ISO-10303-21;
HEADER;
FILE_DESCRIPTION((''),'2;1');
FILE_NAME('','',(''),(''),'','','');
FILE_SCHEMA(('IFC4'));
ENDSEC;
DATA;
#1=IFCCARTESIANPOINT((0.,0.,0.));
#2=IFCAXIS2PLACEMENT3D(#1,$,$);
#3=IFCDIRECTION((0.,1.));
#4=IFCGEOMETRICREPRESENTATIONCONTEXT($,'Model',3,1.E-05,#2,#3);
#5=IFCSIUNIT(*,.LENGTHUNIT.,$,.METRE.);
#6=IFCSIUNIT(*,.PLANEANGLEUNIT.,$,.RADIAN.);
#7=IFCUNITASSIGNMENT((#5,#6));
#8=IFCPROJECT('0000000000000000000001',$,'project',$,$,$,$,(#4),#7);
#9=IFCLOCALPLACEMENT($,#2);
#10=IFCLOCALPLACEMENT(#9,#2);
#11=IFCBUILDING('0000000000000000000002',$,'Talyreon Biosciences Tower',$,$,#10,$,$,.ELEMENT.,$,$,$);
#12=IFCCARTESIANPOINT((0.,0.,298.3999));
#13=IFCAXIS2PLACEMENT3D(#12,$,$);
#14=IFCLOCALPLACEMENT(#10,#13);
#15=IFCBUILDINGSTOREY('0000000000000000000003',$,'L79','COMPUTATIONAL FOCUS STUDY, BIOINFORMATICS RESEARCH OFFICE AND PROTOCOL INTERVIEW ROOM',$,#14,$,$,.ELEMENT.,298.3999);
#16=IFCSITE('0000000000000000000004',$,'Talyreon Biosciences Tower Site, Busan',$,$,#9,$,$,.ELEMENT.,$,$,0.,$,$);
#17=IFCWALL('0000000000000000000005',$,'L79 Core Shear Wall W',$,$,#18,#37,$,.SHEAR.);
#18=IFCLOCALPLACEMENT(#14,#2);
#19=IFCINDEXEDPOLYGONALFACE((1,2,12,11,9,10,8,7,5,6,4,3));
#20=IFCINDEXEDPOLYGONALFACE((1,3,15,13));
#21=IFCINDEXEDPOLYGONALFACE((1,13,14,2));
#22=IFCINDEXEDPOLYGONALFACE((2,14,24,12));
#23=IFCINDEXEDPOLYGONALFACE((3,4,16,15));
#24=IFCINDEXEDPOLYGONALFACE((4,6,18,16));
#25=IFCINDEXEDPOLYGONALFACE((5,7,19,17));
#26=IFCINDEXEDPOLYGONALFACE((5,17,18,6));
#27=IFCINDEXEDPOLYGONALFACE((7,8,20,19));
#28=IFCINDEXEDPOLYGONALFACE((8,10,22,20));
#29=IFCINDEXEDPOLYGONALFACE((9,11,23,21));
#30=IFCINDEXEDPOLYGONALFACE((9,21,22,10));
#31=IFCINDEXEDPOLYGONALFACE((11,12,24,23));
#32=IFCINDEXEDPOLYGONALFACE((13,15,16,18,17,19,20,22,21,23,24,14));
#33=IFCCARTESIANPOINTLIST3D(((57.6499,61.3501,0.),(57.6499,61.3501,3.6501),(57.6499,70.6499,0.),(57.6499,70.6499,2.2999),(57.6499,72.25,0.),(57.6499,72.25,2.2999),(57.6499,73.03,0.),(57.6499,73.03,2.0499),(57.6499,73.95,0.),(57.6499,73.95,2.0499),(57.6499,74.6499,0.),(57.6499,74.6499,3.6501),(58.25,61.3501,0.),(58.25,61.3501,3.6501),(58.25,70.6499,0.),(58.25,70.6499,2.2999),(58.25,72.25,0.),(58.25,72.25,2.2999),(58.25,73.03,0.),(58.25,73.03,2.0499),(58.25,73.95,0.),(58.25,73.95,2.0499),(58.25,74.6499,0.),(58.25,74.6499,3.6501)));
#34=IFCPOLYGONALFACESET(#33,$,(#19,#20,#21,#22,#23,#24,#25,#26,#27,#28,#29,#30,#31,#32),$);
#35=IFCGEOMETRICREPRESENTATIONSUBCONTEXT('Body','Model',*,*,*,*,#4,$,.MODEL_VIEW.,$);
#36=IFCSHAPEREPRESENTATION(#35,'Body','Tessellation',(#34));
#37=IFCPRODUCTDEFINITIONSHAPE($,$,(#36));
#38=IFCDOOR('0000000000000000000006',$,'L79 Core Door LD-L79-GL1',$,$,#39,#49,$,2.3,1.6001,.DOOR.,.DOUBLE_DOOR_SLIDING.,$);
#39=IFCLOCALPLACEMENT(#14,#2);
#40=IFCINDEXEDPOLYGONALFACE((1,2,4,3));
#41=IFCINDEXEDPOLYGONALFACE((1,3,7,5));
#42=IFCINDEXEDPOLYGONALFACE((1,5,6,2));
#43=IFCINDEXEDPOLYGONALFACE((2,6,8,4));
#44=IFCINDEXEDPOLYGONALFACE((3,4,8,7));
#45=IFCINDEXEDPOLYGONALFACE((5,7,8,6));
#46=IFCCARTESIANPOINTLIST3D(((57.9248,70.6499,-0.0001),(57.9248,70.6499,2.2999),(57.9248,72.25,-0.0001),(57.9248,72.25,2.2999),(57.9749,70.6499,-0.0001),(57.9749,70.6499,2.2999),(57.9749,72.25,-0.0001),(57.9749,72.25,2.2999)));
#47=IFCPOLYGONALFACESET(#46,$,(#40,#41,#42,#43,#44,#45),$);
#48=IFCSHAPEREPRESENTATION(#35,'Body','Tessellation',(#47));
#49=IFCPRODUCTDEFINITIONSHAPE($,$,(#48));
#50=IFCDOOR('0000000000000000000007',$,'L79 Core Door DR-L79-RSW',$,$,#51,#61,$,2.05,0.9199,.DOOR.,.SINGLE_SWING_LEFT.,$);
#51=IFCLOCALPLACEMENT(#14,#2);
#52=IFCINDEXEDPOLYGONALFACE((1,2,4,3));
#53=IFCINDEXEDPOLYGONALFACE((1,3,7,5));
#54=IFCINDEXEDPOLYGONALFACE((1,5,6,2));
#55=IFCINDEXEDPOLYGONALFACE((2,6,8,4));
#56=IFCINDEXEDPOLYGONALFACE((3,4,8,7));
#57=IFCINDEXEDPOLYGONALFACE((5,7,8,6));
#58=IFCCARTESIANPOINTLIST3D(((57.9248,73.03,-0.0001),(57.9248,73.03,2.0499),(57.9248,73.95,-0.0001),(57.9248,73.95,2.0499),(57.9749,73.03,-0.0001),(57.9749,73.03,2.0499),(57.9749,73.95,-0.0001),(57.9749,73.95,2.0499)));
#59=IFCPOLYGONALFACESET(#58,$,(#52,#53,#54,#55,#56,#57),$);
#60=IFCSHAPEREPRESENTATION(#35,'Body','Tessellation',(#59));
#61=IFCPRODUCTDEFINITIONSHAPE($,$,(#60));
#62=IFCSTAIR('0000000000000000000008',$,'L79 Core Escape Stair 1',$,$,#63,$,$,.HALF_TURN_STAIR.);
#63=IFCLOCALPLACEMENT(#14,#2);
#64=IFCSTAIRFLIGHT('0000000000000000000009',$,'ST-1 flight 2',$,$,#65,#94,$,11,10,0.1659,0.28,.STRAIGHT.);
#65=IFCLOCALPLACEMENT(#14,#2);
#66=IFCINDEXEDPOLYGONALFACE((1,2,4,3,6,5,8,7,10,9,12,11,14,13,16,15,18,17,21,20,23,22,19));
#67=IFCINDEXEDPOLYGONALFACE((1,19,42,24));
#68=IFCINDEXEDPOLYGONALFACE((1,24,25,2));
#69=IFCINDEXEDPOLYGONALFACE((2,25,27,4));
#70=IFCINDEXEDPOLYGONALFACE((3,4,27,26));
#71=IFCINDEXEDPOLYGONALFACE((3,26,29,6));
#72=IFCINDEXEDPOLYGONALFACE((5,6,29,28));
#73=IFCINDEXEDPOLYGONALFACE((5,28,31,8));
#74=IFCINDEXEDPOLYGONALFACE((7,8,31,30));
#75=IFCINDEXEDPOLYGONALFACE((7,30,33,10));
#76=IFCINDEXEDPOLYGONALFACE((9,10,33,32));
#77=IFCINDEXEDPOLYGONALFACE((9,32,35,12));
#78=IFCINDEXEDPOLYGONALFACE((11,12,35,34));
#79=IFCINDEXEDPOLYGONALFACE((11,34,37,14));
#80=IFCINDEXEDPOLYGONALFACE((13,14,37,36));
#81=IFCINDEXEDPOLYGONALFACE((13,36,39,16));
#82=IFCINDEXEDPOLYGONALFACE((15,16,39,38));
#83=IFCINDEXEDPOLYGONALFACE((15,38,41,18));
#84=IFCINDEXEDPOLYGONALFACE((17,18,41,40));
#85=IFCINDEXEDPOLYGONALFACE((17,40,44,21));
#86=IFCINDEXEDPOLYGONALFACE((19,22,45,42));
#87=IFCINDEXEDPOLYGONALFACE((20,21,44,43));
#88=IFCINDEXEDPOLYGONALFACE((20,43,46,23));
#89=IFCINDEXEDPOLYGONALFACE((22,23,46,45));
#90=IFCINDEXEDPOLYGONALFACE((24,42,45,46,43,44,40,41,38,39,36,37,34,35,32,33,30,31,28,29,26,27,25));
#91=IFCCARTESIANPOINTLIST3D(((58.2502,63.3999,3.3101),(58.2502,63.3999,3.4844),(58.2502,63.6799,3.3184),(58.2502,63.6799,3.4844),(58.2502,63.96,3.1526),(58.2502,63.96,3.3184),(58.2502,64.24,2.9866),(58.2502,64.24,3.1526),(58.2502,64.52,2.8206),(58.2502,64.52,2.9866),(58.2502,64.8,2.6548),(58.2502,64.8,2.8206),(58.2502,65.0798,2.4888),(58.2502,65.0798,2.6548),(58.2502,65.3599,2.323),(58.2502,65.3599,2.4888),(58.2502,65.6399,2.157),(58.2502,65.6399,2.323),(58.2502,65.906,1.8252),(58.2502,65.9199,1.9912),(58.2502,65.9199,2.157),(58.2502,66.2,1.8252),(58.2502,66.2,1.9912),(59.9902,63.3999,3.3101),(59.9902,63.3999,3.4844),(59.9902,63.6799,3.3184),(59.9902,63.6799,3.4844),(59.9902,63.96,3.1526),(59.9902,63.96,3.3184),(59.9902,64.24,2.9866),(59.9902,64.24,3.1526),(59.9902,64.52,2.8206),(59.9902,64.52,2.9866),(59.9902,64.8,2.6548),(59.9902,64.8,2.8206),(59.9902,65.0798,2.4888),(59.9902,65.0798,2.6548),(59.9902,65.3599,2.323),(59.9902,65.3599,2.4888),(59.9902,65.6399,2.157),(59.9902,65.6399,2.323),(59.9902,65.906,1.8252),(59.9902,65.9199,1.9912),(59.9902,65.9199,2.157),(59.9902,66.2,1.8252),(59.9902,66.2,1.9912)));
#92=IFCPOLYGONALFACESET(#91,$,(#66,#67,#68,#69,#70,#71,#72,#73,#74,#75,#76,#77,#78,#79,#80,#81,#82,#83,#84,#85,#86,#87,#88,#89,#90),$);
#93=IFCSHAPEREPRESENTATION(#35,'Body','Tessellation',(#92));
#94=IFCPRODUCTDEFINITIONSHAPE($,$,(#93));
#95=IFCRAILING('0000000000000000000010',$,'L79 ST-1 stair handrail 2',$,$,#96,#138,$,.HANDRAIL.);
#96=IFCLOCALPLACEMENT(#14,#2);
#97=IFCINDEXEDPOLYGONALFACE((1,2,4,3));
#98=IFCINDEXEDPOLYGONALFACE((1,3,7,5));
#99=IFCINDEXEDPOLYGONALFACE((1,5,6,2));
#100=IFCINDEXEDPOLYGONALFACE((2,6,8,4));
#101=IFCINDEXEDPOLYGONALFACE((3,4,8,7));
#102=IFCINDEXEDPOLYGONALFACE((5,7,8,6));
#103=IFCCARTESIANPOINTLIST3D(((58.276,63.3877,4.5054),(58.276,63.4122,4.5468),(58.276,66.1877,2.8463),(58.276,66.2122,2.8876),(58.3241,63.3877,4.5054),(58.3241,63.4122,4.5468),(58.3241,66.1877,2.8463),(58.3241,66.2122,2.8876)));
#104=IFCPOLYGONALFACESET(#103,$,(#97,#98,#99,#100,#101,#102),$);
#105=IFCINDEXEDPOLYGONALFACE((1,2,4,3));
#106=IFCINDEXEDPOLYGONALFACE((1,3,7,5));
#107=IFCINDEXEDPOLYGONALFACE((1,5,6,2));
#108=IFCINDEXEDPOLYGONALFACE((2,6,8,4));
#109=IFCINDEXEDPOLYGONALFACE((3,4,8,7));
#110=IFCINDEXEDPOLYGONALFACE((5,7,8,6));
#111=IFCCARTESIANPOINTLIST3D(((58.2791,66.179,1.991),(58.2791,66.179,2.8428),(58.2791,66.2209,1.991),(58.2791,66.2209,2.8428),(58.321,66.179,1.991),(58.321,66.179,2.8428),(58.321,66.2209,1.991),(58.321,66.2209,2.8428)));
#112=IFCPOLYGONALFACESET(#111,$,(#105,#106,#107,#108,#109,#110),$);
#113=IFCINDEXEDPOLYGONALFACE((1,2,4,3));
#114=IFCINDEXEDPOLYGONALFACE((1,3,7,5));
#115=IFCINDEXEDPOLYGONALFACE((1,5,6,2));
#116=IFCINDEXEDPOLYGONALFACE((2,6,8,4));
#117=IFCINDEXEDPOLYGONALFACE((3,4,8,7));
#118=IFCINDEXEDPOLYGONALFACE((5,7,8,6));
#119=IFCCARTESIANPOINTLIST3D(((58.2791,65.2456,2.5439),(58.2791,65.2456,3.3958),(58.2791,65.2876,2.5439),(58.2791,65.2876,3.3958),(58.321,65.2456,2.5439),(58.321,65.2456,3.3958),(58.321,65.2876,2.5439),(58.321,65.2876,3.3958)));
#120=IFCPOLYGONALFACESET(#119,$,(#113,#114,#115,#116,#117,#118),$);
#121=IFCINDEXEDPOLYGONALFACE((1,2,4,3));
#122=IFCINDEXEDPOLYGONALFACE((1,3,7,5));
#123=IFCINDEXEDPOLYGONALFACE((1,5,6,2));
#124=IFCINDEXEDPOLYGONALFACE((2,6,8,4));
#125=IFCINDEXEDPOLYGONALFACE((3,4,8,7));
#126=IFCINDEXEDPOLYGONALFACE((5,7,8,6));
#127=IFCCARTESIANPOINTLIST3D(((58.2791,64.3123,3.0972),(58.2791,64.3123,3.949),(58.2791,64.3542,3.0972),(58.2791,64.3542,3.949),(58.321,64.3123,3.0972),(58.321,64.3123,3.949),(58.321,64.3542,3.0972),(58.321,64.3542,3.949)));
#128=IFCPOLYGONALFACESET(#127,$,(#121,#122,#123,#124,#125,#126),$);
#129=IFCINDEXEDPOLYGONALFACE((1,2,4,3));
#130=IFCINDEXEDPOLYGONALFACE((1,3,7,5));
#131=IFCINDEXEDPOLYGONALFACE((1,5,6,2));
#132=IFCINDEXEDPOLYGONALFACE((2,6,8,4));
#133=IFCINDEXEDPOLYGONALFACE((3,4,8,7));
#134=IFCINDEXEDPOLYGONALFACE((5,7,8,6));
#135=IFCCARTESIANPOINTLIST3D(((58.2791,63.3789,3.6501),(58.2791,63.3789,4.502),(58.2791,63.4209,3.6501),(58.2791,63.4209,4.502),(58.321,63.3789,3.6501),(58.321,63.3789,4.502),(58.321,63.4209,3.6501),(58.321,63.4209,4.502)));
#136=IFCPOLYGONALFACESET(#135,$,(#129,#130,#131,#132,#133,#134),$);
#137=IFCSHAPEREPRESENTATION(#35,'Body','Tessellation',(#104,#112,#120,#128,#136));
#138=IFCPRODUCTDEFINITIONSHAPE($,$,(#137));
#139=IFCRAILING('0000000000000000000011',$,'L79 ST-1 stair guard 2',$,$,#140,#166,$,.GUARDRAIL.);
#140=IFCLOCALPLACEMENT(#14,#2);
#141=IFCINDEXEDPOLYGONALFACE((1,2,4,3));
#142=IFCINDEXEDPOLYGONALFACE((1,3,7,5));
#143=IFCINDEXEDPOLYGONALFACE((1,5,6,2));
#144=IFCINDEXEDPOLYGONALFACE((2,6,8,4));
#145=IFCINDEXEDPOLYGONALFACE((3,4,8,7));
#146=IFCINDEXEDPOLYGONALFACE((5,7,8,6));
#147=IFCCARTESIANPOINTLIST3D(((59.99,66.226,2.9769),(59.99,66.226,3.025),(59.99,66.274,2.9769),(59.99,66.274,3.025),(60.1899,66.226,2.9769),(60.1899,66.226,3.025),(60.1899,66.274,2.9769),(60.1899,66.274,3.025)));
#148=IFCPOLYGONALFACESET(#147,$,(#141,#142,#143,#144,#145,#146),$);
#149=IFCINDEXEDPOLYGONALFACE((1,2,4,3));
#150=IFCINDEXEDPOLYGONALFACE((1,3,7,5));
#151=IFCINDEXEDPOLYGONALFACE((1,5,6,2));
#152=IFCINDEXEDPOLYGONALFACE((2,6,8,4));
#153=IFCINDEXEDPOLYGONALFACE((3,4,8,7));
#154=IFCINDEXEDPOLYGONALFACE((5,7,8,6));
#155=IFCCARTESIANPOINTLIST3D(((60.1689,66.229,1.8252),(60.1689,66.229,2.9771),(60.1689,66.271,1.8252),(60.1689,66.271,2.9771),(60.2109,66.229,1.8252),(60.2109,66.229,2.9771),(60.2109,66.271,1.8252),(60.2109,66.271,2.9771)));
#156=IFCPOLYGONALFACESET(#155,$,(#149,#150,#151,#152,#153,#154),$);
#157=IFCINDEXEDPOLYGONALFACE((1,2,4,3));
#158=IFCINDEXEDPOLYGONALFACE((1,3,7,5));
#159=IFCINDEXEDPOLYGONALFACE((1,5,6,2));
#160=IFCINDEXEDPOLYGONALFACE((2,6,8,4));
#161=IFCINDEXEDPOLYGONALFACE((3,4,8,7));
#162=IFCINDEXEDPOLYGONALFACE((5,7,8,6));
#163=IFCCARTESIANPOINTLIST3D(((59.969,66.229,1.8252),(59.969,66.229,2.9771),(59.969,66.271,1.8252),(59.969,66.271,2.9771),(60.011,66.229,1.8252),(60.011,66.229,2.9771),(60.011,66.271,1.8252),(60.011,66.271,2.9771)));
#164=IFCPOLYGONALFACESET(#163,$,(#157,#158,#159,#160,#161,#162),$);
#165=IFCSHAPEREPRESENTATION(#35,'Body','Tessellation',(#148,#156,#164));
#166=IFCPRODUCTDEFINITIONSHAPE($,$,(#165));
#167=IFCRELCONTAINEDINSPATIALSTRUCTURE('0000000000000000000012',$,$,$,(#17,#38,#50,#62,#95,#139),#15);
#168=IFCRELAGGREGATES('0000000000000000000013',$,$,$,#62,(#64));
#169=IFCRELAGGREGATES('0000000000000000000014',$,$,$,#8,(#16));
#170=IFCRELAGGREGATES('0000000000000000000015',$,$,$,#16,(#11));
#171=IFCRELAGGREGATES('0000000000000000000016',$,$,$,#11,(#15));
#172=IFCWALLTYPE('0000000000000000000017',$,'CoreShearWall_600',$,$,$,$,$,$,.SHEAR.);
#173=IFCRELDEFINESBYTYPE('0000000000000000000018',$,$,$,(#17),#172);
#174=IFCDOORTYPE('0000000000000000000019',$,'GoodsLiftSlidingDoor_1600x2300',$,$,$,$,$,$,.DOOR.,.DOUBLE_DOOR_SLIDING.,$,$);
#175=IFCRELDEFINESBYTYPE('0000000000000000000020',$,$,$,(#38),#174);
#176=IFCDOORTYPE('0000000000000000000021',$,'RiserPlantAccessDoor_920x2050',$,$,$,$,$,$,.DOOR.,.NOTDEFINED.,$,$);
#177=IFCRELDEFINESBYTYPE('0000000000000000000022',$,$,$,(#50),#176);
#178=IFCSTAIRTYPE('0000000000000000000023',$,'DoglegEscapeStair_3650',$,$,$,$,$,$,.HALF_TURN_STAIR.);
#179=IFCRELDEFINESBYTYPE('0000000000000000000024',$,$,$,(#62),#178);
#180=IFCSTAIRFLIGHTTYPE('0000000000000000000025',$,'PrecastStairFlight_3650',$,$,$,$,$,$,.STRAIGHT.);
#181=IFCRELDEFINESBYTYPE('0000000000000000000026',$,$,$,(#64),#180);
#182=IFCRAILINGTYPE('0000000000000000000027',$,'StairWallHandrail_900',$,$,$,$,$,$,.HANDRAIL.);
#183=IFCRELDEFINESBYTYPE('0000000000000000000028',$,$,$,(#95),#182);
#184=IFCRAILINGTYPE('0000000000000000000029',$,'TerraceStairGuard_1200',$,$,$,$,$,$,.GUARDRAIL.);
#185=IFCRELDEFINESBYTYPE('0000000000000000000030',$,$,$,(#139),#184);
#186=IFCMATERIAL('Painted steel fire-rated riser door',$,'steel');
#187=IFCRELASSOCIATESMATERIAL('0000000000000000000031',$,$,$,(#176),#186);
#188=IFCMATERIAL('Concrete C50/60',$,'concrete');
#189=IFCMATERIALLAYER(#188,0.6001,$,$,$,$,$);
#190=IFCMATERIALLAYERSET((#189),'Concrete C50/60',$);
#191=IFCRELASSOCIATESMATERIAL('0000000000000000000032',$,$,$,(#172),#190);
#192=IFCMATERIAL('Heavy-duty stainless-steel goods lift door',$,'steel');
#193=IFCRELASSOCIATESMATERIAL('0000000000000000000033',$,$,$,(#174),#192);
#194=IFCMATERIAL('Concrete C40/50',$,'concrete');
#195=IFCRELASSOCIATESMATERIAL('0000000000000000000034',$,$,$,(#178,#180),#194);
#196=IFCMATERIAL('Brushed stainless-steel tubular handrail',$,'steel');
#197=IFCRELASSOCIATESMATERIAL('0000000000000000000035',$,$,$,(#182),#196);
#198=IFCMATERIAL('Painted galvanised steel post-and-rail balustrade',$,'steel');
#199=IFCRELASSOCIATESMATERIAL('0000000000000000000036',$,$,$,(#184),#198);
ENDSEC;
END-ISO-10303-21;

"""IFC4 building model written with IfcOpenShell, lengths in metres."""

from ifc_helpers import new_model, si_unit, direction, frame, frame_2d, origin, origin_2d, place, context, subcontext, project, spatial, polyline, rectangle, outline, extrude, material, layer, layer_set, type_object, element, fill, aggregate, save


model = new_model("IFC4")

# Units and contexts
model_context = context("Model", 3, precision=1e-05, world=origin(), true_north=direction((0.0, 1.0)))
body_context = subcontext(model_context, "Body", "Model", "MODEL_VIEW")
ifc_project = project(units=[si_unit("LENGTHUNIT", "METRE"), si_unit("PLANEANGLEUNIT", "RADIAN")], contexts=[model_context])

# Site, building, storey
site_placement = place(None, origin())
site = spatial("IfcSite", under=ifc_project, at=site_placement, Name="Talyreon Biosciences Tower Site, Busan", CompositionType="ELEMENT", RefElevation=0.0)
building_placement = place(site_placement, origin())
building = spatial("IfcBuilding", under=site, at=building_placement, Name="Talyreon Biosciences Tower", CompositionType="ELEMENT")
storey_placement = place(building_placement, frame((0.0, 0.0, 298.3999)))
storey = spatial("IfcBuildingStorey", under=building, at=storey_placement, Name="L79", Description="COMPUTATIONAL FOCUS STUDY, BIOINFORMATICS RESEARCH OFFICE AND PROTOCOL INTERVIEW ROOM", CompositionType="ELEMENT", Elevation=298.3999)

# Shared definitions
ifc_material_1 = material(Name="Concrete C50/60", Category="concrete")

# Shared definitions
ifc_material_2 = material(Name="Painted steel fire-rated riser door", Category="steel")
door_type_1 = type_object("IfcDoorType", Name="RiserPlantAccessDoor_920x2050", OperationType="NOTDEFINED", PredefinedType="DOOR", material=ifc_material_2)

# Shared definitions
ifc_layer_1 = layer(ifc_material_1, 0.6001)
ifc_layer_set_1 = layer_set([ifc_layer_1], Name="Concrete C50/60")
wall_type_1 = type_object("IfcWallType", Name="CoreShearWall_600", PredefinedType="SHEAR", material=ifc_layer_set_1)

# Wall, openings, doors
wall_1_placement = place(storey_placement, frame((57.95, 74.6499, 0.0), z_axis=(0.0, 0.0, 1.0), x_axis=(0.0, -1.0, 0.0)))
wall_1 = element("IfcWall", 1, at=wall_1_placement, inside=storey, type_object=wall_type_1, Name="L79 Core Shear Wall W", PredefinedType="SHEAR", context=body_context, shape_type="SweptSolid", body=[
    extrude(rectangle(XDim=13.2998, YDim=0.6001, at=frame_2d((6.6499, 0.0))), origin(), (0.0, 0.0, 1.0), 3.6501),
])
opening_1_placement = place(wall_1_placement, frame((0.7, 0.0, 0.0)))
opening_1 = element("IfcOpeningElement", 2, at=opening_1_placement, cuts=wall_1, PredefinedType="OPENING", context=body_context, shape_type="SweptSolid", body=[
    extrude(rectangle(XDim=0.9199, YDim=2.05, at=frame_2d((0.46, 1.0249))), frame((0.0, 0.3101, 0.0), z_axis=(0.0, -1.0, 0.0), x_axis=(1.0, 0.0, 0.0)), (0.0, 0.0, 1.0), 0.6201),
])
opening_2_placement = place(wall_1_placement, frame((2.3999, 0.0, 0.0)))
opening_2 = element("IfcOpeningElement", 3, at=opening_2_placement, cuts=wall_1, PredefinedType="OPENING", context=body_context, shape_type="SweptSolid", body=[
    extrude(rectangle(XDim=1.6001, YDim=2.3, at=frame_2d((0.8, 1.1499))), frame((0.0, 0.3101, 0.0), z_axis=(0.0, -1.0, 0.0), x_axis=(1.0, 0.0, 0.0)), (0.0, 0.0, 1.0), 0.6201),
])
ifc_material_3 = material(Name="Heavy-duty stainless-steel goods lift door", Category="steel")
door_type_2 = type_object("IfcDoorType", Name="GoodsLiftSlidingDoor_1600x2300", OperationType="DOUBLE_DOOR_SLIDING", PredefinedType="DOOR", material=ifc_material_3)
door_1_placement = place(opening_2_placement, origin())
door_1 = element("IfcDoor", 4, at=door_1_placement, inside=storey, type_object=door_type_2, Name="L79 Core Door LD-L79-GL1", OperationType="DOUBLE_DOOR_SLIDING", OverallHeight=2.3, OverallWidth=1.6001, PredefinedType="DOOR", context=body_context, shape_type="SweptSolid", body=[
    extrude(rectangle(XDim=1.6001, YDim=2.3, at=frame_2d((0.8, 1.1499))), frame((0.0, 0.0249, 0.0), z_axis=(0.0, -1.0, 0.0), x_axis=(1.0, 0.0, 0.0)), (0.0, 0.0, 1.0), 0.05),
])
fill(opening_2, door_1)
door_2_placement = place(opening_1_placement, origin())
door_2 = element("IfcDoor", 5, at=door_2_placement, inside=storey, type_object=door_type_1, Name="L79 Core Door DR-L79-RSW", OperationType="SINGLE_SWING_LEFT", OverallHeight=2.05, OverallWidth=0.9199, PredefinedType="DOOR", context=body_context, shape_type="SweptSolid", body=[
    extrude(rectangle(XDim=0.9199, YDim=2.05, at=frame_2d((0.46, 1.0249))), frame((0.0, 0.0249, 0.0), z_axis=(0.0, -1.0, 0.0), x_axis=(1.0, 0.0, 0.0)), (0.0, 0.0, 1.0), 0.05),
])
fill(opening_1, door_2)

# Stair, stair flight
ifc_material_4 = material(Name="Concrete C40/50", Category="concrete")
stair_type = type_object("IfcStairType", Name="DoglegEscapeStair_3650", PredefinedType="HALF_TURN_STAIR", material=ifc_material_4)
stair_placement = place(storey_placement, origin())
stair = element("IfcStair", 6, at=stair_placement, inside=storey, type_object=stair_type, Name="L79 Core Escape Stair 1", PredefinedType="HALF_TURN_STAIR")
stair_flight_type = type_object("IfcStairFlightType", Name="PrecastStairFlight_3650", PredefinedType="STRAIGHT", material=ifc_material_4)
stair_flight_placement = place(storey_placement, frame((59.1201, 66.2, 1.8252), z_axis=(0.0, 0.0, 1.0), x_axis=(0.0, -1.0, 0.0)))
stair_flight = element("IfcStairFlight", 7, at=stair_flight_placement, type_object=stair_flight_type, Name="ST-1 flight 2", NumberOfRisers=11, NumberOfTreads=10, PredefinedType="STRAIGHT", RiserHeight=0.1659, TreadLength=0.28, context=body_context, shape_type="SweptSolid", body=[
    extrude(outline(polyline([(0.0, 0.0), (0.0, 0.166), (0.28, 0.166), (0.28, 0.3318), (0.5601, 0.3318), (0.5601, 0.4978), (0.8401, 0.4978), (0.8401, 0.6636), (1.1201, 0.6636), (1.1201, 0.8296), (1.3999, 0.8296), (1.3999, 0.9954), (1.6799, 0.9954), (1.6799, 1.1614), (1.96, 1.1614), (1.96, 1.3274), (2.24, 1.3274), (2.24, 1.4932), (2.52, 1.4932), (2.52, 1.6592), (2.8, 1.6592), (2.8, 1.825), (2.8, 1.4849), (0.2939, 0.0), (0.0, 0.0)])), frame((0.0, 0.8701, 0.0), z_axis=(0.0, -1.0, 0.0), x_axis=(1.0, 0.0, 0.0)), (0.0, 0.0, 1.0), 1.74),
])
aggregate(stair, [stair_flight])

# Railings
ifc_material_5 = material(Name="Brushed stainless-steel tubular handrail", Category="steel")
railing_type_1 = type_object("IfcRailingType", Name="StairWallHandrail_900", PredefinedType="HANDRAIL", material=ifc_material_5)
railing_1_placement = place(storey_placement, frame((58.3, 66.2, 1.991)))
element("IfcRailing", 8, at=railing_1_placement, inside=storey, type_object=railing_type_1, Name="L79 ST-1 stair handrail 2", PredefinedType="HANDRAIL", context=body_context, shape_type="SweptSolid", body=[
    extrude(rectangle(XDim=0.0481, YDim=0.0481, at=origin_2d()), frame((0.0, 0.0, 0.876), z_axis=(0.0, -0.860306, 0.509778), x_axis=(1.0, 0.0, 0.0)), (0.0, 0.0, 1.0), 3.2546),
    extrude(rectangle(XDim=0.042, YDim=0.042, at=origin_2d()), origin(), (0.0, 0.0, 1.0), 0.8518),
    extrude(rectangle(XDim=0.042, YDim=0.042, at=origin_2d()), frame((0.0, -0.9333, 0.553)), (0.0, 0.0, 1.0), 0.8518),
    extrude(rectangle(XDim=0.042, YDim=0.042, at=origin_2d()), frame((0.0, -1.8667, 1.1062)), (0.0, 0.0, 1.0), 0.8518),
    extrude(rectangle(XDim=0.042, YDim=0.042, at=origin_2d()), frame((0.0, -2.8, 1.6592)), (0.0, 0.0, 1.0), 0.8518),
])
ifc_material_6 = material(Name="Painted galvanised steel post-and-rail balustrade", Category="steel")
railing_type_2 = type_object("IfcRailingType", Name="TerraceStairGuard_1200", PredefinedType="GUARDRAIL", material=ifc_material_6)
railing_2_placement = place(storey_placement, frame((60.1899, 66.25, 1.8252)))
element("IfcRailing", 9, at=railing_2_placement, inside=storey, type_object=railing_type_2, Name="L79 ST-1 stair guard 2", PredefinedType="GUARDRAIL", context=body_context, shape_type="SweptSolid", body=[
    extrude(rectangle(XDim=0.0481, YDim=0.0481, at=origin_2d()), frame((0.0, 0.0, 1.1758), z_axis=(-1.0, 0.0, 0.0), x_axis=(0.0, -1.0, 0.0)), (0.0, 0.0, 1.0), 0.2),
    extrude(rectangle(XDim=0.042, YDim=0.042, at=origin_2d()), origin(), (0.0, 0.0, 1.0), 1.1519),
    extrude(rectangle(XDim=0.042, YDim=0.042, at=origin_2d()), frame((-0.2, 0.0, 0.0)), (0.0, 0.0, 1.0), 1.1519),
])

save(model, "model.ifc")
